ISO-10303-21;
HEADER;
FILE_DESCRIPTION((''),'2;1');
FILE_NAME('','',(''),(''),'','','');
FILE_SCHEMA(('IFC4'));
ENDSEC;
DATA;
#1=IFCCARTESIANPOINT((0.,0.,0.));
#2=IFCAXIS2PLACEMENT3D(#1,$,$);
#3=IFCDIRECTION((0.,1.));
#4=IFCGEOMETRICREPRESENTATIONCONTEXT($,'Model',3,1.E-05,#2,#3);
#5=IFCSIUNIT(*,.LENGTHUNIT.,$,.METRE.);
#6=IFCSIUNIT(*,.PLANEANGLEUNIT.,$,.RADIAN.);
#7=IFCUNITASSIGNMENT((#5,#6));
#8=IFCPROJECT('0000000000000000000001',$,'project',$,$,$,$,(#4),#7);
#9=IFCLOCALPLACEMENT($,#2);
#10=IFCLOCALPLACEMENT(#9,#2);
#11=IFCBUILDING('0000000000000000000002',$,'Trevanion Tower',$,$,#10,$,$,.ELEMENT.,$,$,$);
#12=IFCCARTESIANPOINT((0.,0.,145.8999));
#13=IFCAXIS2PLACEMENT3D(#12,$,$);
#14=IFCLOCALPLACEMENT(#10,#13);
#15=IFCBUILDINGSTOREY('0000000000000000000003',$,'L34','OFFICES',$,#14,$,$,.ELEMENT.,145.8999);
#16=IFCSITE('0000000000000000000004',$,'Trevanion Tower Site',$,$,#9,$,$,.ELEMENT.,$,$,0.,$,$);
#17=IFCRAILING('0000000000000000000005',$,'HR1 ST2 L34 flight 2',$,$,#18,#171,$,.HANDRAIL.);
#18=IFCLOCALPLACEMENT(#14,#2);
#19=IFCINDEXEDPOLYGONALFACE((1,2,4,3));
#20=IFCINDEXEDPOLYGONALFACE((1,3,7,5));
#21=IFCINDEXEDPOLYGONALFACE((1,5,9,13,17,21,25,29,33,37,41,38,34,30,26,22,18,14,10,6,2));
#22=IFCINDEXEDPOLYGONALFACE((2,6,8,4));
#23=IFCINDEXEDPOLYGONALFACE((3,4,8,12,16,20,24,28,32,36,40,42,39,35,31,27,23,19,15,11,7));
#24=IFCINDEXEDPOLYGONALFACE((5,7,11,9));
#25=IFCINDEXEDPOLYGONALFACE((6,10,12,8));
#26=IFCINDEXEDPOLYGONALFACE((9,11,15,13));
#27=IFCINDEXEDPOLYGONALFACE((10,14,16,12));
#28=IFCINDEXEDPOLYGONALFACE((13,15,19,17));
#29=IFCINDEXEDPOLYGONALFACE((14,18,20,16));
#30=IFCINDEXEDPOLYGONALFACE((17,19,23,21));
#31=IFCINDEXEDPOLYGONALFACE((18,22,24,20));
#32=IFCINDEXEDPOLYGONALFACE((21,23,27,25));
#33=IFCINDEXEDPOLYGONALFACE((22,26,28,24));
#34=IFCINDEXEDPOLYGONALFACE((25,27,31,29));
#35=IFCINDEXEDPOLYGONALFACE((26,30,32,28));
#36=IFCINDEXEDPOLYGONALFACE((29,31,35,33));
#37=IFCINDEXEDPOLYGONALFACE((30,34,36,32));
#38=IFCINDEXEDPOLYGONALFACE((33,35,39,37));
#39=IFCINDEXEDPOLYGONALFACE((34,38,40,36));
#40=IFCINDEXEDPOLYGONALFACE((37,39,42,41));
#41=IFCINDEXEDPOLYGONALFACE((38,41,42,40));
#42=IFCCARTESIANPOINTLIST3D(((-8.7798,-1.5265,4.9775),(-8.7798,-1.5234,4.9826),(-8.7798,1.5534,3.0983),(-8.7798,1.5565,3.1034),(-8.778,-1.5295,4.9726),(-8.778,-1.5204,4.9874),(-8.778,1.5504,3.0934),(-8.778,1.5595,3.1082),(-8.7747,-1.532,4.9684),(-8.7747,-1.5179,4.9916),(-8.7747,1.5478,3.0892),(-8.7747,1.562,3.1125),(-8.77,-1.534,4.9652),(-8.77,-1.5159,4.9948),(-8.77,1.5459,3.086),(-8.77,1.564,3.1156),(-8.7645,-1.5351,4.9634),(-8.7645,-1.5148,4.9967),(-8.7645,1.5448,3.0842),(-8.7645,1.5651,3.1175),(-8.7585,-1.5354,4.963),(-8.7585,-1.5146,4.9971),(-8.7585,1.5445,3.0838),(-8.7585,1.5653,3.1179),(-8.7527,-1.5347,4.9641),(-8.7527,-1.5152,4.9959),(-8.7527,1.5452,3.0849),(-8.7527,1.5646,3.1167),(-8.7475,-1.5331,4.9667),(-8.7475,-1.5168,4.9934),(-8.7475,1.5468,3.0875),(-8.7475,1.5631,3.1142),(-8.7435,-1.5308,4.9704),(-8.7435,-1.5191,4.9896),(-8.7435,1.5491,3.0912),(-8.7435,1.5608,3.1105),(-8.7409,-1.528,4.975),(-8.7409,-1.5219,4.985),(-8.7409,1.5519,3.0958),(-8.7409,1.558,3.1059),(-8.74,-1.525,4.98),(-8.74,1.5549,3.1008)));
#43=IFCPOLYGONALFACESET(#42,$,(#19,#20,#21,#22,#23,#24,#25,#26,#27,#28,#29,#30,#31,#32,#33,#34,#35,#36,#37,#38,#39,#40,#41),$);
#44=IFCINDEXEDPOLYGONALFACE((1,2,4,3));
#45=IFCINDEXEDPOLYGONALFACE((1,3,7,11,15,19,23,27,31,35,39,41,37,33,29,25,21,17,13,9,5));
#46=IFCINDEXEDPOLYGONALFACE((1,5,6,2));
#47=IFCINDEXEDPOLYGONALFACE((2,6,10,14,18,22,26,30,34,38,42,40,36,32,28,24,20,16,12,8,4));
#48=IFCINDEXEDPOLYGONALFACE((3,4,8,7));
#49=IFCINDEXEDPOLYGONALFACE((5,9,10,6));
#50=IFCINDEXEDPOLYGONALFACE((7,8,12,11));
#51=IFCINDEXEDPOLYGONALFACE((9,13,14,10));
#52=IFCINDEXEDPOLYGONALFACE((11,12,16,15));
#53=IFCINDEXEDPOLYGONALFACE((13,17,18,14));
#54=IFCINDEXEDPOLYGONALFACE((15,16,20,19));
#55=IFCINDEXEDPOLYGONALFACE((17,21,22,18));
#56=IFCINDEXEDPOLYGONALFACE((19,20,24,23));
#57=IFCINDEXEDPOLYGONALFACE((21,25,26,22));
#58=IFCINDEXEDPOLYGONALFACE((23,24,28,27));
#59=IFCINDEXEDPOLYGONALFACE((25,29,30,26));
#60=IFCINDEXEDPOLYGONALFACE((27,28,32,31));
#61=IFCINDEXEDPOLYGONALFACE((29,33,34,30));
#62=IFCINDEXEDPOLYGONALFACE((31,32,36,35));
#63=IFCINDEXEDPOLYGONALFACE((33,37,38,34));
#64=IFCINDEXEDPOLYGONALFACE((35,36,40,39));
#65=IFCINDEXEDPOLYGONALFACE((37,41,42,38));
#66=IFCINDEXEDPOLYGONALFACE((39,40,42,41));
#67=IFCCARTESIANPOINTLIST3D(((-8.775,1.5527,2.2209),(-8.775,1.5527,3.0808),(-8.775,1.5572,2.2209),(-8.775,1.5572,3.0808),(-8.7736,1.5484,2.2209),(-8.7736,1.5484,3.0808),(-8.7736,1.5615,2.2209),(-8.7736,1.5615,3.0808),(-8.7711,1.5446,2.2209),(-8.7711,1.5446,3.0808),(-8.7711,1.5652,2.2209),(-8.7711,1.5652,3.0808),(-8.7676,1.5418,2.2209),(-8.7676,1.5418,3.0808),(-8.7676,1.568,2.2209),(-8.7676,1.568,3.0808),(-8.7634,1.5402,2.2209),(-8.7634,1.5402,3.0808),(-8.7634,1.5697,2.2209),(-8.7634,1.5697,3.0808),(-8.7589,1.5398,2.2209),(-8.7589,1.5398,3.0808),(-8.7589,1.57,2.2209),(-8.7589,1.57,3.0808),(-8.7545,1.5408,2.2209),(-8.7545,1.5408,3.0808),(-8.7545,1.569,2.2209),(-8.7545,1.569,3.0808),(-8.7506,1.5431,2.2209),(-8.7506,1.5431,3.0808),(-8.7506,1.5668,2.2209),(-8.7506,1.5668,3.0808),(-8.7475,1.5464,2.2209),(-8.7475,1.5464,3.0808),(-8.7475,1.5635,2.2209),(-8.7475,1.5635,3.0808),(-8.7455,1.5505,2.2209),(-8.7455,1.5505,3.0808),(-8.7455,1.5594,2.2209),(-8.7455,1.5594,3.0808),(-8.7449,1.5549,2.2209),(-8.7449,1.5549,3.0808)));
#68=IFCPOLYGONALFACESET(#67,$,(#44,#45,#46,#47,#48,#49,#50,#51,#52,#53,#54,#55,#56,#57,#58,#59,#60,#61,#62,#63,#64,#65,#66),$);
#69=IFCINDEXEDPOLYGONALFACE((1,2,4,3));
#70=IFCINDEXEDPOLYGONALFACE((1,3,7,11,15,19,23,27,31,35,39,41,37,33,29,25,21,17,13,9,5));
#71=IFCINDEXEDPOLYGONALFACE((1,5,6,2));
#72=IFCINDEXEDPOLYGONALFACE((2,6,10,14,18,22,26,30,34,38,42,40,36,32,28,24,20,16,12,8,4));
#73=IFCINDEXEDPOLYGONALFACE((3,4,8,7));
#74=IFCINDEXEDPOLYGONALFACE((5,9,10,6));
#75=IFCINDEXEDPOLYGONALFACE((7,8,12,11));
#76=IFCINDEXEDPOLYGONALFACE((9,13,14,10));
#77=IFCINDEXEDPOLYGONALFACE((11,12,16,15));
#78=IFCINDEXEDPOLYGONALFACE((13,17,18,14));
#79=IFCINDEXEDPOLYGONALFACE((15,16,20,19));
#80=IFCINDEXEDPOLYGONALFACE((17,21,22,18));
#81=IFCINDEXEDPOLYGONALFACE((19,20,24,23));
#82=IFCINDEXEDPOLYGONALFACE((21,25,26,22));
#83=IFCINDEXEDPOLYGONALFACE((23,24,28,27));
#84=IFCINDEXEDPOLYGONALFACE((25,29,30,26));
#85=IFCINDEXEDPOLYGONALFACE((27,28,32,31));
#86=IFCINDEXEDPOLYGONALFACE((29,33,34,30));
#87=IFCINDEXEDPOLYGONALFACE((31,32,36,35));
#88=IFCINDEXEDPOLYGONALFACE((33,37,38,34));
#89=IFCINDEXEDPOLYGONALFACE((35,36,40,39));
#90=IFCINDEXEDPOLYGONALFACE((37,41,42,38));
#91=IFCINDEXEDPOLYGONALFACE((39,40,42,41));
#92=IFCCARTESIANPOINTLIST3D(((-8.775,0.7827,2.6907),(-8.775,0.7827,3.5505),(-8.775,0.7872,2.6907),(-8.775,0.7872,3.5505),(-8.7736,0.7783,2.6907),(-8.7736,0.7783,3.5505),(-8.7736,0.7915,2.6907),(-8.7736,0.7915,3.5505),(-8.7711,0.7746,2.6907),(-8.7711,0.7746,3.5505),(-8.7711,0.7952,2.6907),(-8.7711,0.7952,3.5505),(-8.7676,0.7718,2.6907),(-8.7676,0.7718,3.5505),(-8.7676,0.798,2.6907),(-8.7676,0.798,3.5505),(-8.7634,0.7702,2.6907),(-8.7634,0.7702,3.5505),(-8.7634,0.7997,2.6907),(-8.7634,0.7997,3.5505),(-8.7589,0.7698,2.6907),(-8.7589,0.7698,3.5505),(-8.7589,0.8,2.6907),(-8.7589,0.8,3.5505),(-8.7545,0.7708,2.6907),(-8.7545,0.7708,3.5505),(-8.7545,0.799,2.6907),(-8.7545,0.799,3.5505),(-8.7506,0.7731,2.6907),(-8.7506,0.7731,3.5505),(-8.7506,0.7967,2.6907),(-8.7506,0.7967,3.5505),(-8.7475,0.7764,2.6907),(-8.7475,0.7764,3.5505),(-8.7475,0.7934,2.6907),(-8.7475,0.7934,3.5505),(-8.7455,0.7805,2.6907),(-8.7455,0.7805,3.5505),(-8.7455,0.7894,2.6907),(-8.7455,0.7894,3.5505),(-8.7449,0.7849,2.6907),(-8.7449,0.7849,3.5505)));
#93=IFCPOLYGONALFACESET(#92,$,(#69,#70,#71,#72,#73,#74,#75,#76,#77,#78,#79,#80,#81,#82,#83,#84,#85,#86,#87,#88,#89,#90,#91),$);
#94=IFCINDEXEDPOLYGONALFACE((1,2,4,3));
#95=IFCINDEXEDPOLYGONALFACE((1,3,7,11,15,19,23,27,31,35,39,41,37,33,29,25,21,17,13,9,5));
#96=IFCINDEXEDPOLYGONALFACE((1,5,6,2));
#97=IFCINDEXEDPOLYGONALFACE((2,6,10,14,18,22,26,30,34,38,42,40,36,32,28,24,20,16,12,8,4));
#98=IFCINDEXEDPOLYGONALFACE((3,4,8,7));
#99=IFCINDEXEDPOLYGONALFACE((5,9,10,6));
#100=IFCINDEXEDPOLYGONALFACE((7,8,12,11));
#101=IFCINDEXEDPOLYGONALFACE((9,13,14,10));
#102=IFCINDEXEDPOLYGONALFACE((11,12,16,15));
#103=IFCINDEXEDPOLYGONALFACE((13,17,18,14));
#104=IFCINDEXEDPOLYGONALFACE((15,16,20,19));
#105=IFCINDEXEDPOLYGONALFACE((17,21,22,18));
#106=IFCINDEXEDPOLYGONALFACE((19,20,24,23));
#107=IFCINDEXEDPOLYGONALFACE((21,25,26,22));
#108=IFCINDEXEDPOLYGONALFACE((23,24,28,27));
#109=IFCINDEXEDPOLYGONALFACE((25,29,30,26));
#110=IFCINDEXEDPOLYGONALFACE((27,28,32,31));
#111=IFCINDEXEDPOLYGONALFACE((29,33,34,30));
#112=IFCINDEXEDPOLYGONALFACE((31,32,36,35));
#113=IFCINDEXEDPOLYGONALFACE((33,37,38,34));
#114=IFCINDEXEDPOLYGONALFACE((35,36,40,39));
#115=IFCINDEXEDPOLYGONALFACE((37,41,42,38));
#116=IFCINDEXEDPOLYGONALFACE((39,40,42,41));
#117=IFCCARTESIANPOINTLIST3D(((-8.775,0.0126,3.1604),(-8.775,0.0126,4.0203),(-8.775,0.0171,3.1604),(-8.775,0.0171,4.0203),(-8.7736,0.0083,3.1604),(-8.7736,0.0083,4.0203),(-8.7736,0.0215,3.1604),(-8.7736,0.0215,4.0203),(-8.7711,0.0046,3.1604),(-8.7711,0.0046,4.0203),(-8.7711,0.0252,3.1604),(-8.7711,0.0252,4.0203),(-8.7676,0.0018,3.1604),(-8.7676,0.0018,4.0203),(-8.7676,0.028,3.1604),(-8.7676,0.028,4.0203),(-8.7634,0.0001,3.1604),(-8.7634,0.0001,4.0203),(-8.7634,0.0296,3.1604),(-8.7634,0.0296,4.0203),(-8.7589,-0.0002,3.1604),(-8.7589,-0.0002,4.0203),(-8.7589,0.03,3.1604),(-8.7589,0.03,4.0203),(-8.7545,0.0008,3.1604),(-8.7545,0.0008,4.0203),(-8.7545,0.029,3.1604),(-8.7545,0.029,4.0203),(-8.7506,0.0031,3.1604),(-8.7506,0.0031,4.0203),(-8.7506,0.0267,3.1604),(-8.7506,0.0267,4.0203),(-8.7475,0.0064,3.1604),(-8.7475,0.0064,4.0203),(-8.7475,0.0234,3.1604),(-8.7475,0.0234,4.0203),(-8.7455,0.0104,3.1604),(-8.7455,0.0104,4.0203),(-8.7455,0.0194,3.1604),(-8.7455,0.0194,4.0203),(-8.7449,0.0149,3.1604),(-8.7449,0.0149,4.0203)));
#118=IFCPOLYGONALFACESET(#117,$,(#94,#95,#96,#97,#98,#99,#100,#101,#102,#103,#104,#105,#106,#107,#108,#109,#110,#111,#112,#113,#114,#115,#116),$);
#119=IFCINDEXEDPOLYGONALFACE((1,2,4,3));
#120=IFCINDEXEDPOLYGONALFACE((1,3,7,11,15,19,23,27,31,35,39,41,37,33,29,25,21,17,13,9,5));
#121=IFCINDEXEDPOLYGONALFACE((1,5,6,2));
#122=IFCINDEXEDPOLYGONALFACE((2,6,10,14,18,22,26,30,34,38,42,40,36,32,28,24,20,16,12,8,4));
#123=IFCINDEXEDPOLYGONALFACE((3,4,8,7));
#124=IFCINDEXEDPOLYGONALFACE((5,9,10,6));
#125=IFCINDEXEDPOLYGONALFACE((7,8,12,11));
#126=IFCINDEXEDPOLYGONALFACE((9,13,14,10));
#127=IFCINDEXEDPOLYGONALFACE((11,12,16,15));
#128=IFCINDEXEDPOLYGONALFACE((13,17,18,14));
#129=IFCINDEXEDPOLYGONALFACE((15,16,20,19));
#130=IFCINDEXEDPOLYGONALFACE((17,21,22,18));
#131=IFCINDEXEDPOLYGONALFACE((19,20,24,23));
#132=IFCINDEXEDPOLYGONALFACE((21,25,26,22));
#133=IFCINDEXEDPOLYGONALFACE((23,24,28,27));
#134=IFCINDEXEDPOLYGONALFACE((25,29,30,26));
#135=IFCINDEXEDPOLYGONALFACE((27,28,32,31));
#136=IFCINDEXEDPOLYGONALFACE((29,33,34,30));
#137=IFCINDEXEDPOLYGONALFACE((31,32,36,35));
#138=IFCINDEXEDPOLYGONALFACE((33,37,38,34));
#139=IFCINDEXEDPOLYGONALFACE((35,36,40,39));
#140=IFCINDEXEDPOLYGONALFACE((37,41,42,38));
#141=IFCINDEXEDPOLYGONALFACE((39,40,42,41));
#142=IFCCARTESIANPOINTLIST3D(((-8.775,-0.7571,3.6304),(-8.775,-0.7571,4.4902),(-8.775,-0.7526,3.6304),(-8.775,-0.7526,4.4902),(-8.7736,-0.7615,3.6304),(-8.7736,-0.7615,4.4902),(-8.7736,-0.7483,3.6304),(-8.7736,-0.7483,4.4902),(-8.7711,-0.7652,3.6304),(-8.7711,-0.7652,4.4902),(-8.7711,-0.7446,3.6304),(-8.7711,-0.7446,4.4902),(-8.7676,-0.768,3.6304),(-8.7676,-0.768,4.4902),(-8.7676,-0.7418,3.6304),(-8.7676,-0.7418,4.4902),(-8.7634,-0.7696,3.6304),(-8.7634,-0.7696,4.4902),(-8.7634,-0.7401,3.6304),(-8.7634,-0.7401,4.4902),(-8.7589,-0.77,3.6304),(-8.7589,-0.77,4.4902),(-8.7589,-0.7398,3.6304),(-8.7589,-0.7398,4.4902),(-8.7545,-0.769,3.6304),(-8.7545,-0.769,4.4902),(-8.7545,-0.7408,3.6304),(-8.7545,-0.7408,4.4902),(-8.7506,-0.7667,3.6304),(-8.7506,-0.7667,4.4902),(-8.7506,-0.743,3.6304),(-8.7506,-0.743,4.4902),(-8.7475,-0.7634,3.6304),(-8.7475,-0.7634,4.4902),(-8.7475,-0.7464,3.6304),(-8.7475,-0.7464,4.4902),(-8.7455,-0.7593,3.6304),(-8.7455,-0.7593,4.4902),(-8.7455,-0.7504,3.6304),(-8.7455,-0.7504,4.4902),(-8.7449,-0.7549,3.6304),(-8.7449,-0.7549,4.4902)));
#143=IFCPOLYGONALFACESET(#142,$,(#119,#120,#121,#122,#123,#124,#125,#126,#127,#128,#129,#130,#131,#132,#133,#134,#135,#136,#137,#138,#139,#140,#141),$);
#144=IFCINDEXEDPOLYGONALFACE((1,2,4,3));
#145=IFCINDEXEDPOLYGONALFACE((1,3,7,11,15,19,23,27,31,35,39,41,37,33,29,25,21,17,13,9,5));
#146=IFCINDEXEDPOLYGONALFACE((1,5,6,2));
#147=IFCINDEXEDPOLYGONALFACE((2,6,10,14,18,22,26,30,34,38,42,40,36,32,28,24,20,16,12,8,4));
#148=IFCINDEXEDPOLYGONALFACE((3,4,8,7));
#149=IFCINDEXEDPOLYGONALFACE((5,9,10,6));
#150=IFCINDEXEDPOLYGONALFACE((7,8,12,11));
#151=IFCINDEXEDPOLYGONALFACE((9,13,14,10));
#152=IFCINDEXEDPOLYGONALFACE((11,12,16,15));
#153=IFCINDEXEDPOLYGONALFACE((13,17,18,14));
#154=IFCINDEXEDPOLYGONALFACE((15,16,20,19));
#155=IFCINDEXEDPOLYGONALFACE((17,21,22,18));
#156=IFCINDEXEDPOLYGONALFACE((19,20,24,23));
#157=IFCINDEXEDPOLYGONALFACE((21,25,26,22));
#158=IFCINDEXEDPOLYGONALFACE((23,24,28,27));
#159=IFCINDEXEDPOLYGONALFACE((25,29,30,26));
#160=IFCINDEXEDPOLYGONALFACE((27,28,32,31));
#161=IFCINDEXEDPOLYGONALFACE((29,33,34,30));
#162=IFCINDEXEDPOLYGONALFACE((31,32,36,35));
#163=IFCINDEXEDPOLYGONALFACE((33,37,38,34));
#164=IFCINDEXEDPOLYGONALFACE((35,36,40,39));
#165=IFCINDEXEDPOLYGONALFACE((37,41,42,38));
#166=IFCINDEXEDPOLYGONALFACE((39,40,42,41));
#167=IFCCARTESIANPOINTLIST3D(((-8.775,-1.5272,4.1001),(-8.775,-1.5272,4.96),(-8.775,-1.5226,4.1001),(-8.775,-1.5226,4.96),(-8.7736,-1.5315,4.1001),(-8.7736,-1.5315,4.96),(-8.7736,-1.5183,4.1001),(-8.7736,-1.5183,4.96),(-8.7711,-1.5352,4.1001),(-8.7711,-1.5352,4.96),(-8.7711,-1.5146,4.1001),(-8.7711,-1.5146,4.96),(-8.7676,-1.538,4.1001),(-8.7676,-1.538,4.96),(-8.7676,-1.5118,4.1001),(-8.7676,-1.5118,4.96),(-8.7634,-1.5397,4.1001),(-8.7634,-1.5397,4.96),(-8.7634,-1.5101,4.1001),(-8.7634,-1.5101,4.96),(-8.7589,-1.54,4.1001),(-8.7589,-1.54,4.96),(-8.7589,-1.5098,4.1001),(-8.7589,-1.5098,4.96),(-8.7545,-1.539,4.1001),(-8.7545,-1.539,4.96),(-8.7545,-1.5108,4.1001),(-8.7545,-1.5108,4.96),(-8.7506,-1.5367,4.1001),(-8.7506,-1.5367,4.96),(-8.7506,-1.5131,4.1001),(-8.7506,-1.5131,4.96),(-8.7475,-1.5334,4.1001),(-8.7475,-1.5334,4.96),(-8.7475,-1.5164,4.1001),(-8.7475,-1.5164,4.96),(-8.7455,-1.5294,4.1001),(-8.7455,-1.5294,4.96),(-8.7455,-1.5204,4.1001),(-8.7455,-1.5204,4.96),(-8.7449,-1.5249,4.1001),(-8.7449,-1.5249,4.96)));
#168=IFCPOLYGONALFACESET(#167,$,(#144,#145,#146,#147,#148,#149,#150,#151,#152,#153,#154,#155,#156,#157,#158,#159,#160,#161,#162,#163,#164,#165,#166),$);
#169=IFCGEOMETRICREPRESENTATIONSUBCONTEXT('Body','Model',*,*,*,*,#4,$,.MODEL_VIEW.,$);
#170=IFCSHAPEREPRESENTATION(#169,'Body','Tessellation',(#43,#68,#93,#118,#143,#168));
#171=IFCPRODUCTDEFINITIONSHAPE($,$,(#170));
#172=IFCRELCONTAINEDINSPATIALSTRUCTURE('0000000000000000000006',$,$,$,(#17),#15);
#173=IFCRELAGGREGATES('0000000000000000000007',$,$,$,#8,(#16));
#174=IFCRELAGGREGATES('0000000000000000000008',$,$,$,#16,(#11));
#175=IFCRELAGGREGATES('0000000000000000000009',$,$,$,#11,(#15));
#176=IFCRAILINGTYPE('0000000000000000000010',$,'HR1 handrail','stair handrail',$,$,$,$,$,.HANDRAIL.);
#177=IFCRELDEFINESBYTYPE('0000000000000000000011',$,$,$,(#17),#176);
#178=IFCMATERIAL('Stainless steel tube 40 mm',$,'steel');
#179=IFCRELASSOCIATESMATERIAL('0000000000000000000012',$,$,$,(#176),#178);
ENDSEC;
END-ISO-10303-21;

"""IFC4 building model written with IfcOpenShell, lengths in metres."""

from ifc_helpers import new_model, si_unit, direction, frame, origin, origin_2d, place, context, subcontext, project, spatial, circle, extrude, material, type_object, element, save


model = new_model("IFC4")

# Units and contexts
model_context = context("Model", 3, precision=1e-05, world=origin(), true_north=direction((0.0, 1.0)))
body_context = subcontext(model_context, "Body", "Model", "MODEL_VIEW")
ifc_project = project(units=[si_unit("LENGTHUNIT", "METRE"), si_unit("PLANEANGLEUNIT", "RADIAN")], contexts=[model_context])

# Site, building, storey
site_placement = place(None, origin())
site = spatial("IfcSite", under=ifc_project, at=site_placement, Name="Trevanion Tower Site", CompositionType="ELEMENT", RefElevation=0.0)
building_placement = place(site_placement, origin())
building = spatial("IfcBuilding", under=site, at=building_placement, Name="Trevanion Tower", CompositionType="ELEMENT")
storey_placement = place(building_placement, frame((0.0, 0.0, 145.8999)))
storey = spatial("IfcBuildingStorey", under=building, at=storey_placement, Name="L34", Description="OFFICES", CompositionType="ELEMENT", Elevation=145.8999)

# Railing
ifc_material_1 = material(Name="Stainless steel tube 40 mm", Category="steel")
railing_type = type_object("IfcRailingType", Name="HR1 handrail", Description="stair handrail", PredefinedType="HANDRAIL", material=ifc_material_1)
for number, where, name in (
    (1, (-8.76, 1.5549, 2.2209), "HR1 ST2 L34 flight 2"),
):
    element("IfcRailing", number, at=place(storey_placement, frame(where)), inside=storey, type_object=railing_type, Name=name, PredefinedType="HANDRAIL", context=body_context, shape_type="SweptSolid", body=[
        extrude(circle(Radius=0.02, at=origin_2d()), frame((0.0, 0.0, 0.8799), z_axis=(0.0, -0.853648, 0.52085), x_axis=(1.0, 0.0, 0.0)), (0.0, 0.0, 1.0), 3.6079),
        extrude(circle(Radius=0.0151, at=origin_2d()), origin(), (0.0, 0.0, 1.0), 0.8599),
        extrude(circle(Radius=0.0151, at=origin_2d()), frame((0.0, -0.77, 0.4697)), (0.0, 0.0, 1.0), 0.8599),
        extrude(circle(Radius=0.0151, at=origin_2d()), frame((0.0, -1.54, 0.9395)), (0.0, 0.0, 1.0), 0.8599),
        extrude(circle(Radius=0.0151, at=origin_2d()), frame((0.0, -2.3098, 1.4094)), (0.0, 0.0, 1.0), 0.8599),
        extrude(circle(Radius=0.0151, at=origin_2d()), frame((0.0, -3.0798, 1.8792)), (0.0, 0.0, 1.0), 0.8599),
    ])

save(model, "model.ifc")
